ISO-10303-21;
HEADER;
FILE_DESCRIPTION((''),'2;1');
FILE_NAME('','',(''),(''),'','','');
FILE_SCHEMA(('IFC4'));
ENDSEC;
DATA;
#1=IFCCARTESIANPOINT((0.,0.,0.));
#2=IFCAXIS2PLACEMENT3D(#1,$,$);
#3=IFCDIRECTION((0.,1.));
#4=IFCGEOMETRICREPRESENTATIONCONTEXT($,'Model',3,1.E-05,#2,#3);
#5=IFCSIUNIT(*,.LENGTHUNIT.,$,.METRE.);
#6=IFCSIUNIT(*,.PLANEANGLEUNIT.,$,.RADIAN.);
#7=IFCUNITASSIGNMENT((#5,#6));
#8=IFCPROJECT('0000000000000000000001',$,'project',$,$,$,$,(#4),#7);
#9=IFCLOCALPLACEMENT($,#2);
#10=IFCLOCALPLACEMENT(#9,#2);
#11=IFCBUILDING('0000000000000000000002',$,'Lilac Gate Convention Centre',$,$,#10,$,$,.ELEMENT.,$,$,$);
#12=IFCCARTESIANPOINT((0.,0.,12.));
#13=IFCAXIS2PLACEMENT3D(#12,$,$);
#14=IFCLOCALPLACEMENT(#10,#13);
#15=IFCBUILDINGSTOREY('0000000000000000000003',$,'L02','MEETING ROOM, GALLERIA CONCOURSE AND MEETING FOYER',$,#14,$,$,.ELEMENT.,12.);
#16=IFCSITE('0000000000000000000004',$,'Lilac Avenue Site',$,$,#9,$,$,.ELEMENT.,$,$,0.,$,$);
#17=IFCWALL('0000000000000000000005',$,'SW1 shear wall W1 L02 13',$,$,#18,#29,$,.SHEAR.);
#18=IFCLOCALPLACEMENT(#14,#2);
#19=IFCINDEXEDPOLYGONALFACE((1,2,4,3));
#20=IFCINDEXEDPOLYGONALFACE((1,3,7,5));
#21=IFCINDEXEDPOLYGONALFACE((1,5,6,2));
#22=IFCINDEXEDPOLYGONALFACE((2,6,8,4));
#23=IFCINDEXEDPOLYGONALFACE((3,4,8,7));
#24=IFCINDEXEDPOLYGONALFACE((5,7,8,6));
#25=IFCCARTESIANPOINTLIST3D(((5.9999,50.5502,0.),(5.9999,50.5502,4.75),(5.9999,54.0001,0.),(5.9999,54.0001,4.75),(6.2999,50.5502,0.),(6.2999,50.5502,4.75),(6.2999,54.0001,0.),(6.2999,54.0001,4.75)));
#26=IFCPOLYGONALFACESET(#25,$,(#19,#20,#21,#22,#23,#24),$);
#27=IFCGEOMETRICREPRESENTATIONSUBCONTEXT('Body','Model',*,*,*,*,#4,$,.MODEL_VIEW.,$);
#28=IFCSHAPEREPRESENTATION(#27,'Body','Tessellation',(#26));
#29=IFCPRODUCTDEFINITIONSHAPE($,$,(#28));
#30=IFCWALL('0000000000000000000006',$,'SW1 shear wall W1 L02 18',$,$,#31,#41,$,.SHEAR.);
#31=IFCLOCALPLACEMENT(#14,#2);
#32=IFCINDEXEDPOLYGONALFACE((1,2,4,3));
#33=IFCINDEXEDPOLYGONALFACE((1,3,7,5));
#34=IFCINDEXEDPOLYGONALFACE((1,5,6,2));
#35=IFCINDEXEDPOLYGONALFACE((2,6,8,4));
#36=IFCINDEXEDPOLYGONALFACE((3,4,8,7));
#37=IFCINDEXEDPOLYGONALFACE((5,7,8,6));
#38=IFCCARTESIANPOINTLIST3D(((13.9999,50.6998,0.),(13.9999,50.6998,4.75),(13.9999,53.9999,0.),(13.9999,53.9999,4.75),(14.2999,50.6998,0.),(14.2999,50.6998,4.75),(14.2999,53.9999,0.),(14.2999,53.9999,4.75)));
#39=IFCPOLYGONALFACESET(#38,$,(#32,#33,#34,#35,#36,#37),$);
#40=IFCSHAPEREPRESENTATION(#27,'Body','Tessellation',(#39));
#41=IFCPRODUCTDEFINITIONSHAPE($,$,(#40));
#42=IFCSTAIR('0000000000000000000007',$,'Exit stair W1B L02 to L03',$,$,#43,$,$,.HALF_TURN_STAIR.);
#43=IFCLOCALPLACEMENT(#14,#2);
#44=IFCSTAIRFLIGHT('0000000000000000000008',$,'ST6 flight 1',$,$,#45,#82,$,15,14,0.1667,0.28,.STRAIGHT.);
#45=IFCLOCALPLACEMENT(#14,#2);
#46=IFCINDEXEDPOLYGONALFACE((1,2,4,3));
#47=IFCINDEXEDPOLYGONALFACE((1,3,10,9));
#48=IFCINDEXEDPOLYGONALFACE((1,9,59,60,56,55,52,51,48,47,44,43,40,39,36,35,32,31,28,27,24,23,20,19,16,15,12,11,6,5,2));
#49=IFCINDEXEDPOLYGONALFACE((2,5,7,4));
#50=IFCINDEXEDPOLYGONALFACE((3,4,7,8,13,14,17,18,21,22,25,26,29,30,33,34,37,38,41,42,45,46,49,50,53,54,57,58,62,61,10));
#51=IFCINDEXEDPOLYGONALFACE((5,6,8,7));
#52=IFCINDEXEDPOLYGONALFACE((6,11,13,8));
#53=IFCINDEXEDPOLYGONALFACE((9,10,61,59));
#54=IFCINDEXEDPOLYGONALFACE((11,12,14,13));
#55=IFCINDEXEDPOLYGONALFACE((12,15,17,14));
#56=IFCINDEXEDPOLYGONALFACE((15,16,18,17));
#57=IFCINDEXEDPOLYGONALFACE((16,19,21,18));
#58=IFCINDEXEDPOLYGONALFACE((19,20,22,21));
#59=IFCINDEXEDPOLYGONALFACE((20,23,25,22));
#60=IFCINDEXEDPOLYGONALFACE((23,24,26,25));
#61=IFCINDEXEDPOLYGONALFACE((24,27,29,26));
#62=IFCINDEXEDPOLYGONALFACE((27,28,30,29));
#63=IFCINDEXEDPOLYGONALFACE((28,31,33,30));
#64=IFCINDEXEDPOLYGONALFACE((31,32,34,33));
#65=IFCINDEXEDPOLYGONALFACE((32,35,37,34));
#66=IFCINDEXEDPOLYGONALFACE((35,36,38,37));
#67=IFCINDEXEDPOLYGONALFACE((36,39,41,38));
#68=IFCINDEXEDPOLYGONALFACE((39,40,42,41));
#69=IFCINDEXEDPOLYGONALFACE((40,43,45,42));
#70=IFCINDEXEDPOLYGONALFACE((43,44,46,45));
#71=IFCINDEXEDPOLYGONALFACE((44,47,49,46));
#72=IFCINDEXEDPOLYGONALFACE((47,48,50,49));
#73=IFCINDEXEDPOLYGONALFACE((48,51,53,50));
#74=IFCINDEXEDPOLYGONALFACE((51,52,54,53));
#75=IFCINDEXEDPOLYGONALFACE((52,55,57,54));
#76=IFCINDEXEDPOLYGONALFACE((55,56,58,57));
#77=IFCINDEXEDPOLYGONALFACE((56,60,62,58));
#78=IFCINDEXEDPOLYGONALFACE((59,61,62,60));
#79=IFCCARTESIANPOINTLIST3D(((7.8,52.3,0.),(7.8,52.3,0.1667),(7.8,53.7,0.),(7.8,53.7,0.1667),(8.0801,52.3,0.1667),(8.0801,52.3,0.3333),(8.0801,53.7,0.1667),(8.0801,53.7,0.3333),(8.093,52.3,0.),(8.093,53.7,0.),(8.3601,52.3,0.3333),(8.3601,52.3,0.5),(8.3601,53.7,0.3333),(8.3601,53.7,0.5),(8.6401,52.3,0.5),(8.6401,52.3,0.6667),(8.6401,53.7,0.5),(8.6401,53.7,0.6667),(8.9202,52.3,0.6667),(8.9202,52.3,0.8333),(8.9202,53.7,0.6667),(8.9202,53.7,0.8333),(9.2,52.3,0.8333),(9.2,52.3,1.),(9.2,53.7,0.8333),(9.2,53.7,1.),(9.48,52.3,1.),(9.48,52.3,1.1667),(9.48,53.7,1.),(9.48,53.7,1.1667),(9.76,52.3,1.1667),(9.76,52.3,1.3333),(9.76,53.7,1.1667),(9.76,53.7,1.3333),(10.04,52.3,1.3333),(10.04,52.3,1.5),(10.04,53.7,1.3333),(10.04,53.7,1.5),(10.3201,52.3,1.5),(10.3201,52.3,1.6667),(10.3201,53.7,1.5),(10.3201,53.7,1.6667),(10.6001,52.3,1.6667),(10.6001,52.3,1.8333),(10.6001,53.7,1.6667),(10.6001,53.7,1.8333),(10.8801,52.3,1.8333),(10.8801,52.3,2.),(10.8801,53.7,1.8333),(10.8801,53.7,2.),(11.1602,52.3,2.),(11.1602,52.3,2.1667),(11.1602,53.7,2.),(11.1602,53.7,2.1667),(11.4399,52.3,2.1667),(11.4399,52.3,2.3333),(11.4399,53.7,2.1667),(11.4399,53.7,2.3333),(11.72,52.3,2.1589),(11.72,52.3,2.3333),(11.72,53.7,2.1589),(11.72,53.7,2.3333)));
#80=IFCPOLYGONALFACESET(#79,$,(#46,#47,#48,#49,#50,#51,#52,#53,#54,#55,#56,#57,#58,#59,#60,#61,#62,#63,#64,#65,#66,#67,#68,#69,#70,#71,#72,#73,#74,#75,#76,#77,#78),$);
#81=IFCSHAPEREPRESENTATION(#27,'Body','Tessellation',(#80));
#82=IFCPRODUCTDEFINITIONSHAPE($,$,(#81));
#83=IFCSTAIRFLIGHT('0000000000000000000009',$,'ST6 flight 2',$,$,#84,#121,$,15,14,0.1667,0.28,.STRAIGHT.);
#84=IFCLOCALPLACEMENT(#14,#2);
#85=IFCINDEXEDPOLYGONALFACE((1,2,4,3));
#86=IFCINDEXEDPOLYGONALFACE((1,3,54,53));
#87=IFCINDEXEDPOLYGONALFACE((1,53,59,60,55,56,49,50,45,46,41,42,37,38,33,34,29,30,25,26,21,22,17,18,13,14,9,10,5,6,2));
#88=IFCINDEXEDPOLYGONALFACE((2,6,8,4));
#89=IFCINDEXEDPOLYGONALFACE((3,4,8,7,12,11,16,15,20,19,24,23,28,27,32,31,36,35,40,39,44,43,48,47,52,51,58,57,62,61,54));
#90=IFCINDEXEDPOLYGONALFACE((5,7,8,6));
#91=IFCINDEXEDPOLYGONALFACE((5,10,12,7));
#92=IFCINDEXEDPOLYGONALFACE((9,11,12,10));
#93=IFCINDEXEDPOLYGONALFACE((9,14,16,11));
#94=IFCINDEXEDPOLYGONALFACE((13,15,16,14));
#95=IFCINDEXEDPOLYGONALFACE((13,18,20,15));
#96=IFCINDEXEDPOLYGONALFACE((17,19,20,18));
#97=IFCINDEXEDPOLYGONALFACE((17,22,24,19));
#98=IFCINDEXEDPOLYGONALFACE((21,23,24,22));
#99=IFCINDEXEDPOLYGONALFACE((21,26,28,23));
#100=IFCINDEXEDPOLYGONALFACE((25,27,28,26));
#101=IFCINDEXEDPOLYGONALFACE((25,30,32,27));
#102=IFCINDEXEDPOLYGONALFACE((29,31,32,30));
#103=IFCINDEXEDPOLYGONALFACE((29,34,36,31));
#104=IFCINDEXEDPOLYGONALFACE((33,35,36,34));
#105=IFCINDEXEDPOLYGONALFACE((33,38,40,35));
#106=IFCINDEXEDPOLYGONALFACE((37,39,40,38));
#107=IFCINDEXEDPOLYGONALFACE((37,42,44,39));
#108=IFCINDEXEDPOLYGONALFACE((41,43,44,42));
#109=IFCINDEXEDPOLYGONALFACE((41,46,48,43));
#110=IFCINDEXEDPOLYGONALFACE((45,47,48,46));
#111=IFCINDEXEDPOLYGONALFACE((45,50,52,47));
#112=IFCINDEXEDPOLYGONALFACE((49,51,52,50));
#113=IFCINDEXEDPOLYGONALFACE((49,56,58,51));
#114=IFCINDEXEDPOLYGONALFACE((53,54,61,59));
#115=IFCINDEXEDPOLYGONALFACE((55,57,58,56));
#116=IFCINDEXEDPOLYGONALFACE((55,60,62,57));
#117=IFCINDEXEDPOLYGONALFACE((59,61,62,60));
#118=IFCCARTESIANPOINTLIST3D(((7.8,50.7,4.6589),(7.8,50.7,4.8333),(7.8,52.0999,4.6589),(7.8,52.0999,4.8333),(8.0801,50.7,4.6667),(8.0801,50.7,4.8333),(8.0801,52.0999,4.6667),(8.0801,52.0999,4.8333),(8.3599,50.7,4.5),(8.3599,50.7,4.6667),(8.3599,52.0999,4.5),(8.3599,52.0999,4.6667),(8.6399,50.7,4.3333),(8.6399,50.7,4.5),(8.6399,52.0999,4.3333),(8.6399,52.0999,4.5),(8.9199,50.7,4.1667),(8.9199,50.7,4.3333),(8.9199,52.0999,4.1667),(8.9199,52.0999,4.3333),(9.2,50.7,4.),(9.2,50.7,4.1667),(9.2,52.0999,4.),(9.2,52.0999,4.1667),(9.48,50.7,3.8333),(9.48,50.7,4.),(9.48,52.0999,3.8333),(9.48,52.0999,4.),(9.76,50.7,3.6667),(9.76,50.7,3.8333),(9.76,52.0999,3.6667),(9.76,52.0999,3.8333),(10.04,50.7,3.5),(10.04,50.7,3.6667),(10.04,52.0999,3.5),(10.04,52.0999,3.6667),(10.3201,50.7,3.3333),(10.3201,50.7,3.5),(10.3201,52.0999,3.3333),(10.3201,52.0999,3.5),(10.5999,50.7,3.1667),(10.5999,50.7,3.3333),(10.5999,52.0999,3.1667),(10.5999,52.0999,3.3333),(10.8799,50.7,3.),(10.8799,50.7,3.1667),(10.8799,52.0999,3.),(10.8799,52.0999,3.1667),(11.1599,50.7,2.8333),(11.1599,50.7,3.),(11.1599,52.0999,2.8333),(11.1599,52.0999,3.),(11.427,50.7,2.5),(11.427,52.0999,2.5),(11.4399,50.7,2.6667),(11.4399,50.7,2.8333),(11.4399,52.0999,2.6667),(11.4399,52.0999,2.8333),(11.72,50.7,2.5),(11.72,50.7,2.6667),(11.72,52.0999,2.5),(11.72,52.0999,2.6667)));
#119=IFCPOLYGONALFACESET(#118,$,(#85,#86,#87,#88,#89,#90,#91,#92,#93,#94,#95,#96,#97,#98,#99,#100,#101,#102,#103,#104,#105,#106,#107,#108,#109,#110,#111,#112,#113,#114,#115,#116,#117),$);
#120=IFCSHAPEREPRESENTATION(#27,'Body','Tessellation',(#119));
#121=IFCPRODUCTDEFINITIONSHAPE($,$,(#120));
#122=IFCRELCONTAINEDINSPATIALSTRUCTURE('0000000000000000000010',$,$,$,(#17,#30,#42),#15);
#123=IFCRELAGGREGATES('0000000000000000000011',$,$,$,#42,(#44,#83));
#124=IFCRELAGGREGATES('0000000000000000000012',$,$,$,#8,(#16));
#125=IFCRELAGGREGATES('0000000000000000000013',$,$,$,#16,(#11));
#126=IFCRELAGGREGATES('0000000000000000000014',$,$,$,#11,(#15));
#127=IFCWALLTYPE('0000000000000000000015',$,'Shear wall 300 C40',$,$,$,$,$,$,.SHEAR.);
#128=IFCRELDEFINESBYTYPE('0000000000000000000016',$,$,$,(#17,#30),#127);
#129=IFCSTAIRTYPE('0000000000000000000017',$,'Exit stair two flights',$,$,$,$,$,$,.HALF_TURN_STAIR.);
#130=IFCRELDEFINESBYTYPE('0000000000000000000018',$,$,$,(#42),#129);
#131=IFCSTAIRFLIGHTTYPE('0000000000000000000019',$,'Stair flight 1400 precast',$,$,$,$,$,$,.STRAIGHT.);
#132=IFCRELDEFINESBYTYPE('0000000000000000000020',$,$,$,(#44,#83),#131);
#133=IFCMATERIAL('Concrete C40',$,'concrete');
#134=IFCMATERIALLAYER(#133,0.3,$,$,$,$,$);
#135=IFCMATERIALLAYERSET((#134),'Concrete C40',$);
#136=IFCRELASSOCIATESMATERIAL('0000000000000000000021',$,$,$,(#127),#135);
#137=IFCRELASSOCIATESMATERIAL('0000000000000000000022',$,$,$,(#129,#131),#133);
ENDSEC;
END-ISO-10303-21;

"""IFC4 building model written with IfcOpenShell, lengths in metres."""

from ifc_helpers import new_model, si_unit, direction, frame, frame_2d, origin, place, context, subcontext, project, spatial, polyline, rectangle, outline, extrude, material, layer, layer_set, type_object, element, aggregate, save


model = new_model("IFC4")

# Units and contexts
model_context = context("Model", 3, precision=1e-05, world=origin(), true_north=direction((0.0, 1.0)))
body_context = subcontext(model_context, "Body", "Model", "MODEL_VIEW")
ifc_project = project(units=[si_unit("LENGTHUNIT", "METRE"), si_unit("PLANEANGLEUNIT", "RADIAN")], contexts=[model_context])

# Site, building, storey
site_placement = place(None, origin())
site = spatial("IfcSite", under=ifc_project, at=site_placement, Name="Lilac Avenue Site", CompositionType="ELEMENT", RefElevation=0.0)
building_placement = place(site_placement, origin())
building = spatial("IfcBuilding", under=site, at=building_placement, Name="Lilac Gate Convention Centre", CompositionType="ELEMENT")
storey_placement = place(building_placement, frame((0.0, 0.0, 12.0)))
storey = spatial("IfcBuildingStorey", under=building, at=storey_placement, Name="L02", Description="MEETING ROOM, GALLERIA CONCOURSE AND MEETING FOYER", CompositionType="ELEMENT", Elevation=12.0)

# Shared definitions
ifc_material_1 = material(Name="Concrete C40", Category="concrete")
ifc_layer_1 = layer(ifc_material_1, 0.3)
ifc_layer_set_1 = layer_set([ifc_layer_1], Name="Concrete C40")
wall_type_1 = type_object("IfcWallType", Name="Shear wall 300 C40", PredefinedType="SHEAR", material=ifc_layer_set_1)

# Walls
wall_1_placement = place(storey_placement, frame((6.1499, 50.55, 0.0), z_axis=(0.0, 0.0, 1.0), x_axis=(0.0, 1.0, 0.0)))
element("IfcWall", 1, at=wall_1_placement, inside=storey, type_object=wall_type_1, Name="SW1 shear wall W1 L02 13", PredefinedType="SHEAR", context=body_context, shape_type="SweptSolid", body=[
    extrude(rectangle(XDim=3.45, YDim=0.3, at=frame_2d((1.7251, 0.0))), origin(), (0.0, 0.0, 1.0), 4.75),
])
wall_2_placement = place(storey_placement, frame((14.1499, 50.7, 0.0), z_axis=(0.0, 0.0, 1.0), x_axis=(0.0, 1.0, 0.0)))
element("IfcWall", 2, at=wall_2_placement, inside=storey, type_object=wall_type_1, Name="SW1 shear wall W1 L02 18", PredefinedType="SHEAR", context=body_context, shape_type="SweptSolid", body=[
    extrude(rectangle(XDim=3.3, YDim=0.3, at=frame_2d((1.6499, 0.0))), origin(), (0.0, 0.0, 1.0), 4.75),
])

# Stair, stair flights
stair_type = type_object("IfcStairType", Name="Exit stair two flights", PredefinedType="HALF_TURN_STAIR", material=ifc_material_1)
stair_placement = place(storey_placement, origin())
stair = element("IfcStair", 3, at=stair_placement, inside=storey, type_object=stair_type, Name="Exit stair W1B L02 to L03", PredefinedType="HALF_TURN_STAIR")
stair_flight_type = type_object("IfcStairFlightType", Name="Stair flight 1400 precast", PredefinedType="STRAIGHT", material=ifc_material_1)
stair_flight_1_placement = place(storey_placement, frame((7.8, 53.0, 0.0), z_axis=(0.0, 0.0, 1.0), x_axis=(1.0, 0.0, 0.0)))
stair_flight_1 = element("IfcStairFlight", 4, at=stair_flight_1_placement, type_object=stair_flight_type, Name="ST6 flight 1", NumberOfRisers=15, NumberOfTreads=14, PredefinedType="STRAIGHT", RiserHeight=0.1667, TreadLength=0.28, context=body_context, shape_type="SweptSolid", body=[
    extrude(outline(polyline([(0.0, 0.0), (0.0, 0.1667), (0.28, 0.1667), (0.28, 0.3333), (0.5601, 0.3333), (0.5601, 0.5), (0.8401, 0.5), (0.8401, 0.6667), (1.1201, 0.6667), (1.1201, 0.8333), (1.3999, 0.8333), (1.3999, 1.0), (1.6799, 1.0), (1.6799, 1.1667), (1.96, 1.1667), (1.96, 1.3333), (2.24, 1.3333), (2.24, 1.5), (2.52, 1.5), (2.52, 1.6667), (2.8, 1.6667), (2.8, 1.8333), (3.0801, 1.8333), (3.0801, 2.0), (3.3601, 2.0), (3.3601, 2.1667), (3.6399, 2.1667), (3.6399, 2.3333), (3.9199, 2.3333), (3.9199, 2.5), (3.9199, 2.1589), (0.293, 0.0), (0.0, 0.0)])), frame((0.0, 0.7, 0.0), z_axis=(0.0, -1.0, 0.0), x_axis=(1.0, 0.0, 0.0)), (0.0, 0.0, 1.0), 1.3999),
])
stair_flight_2_placement = place(storey_placement, frame((11.72, 51.3999, 2.5), z_axis=(0.0, 0.0, 1.0), x_axis=(-1.0, 0.0, 0.0)))
stair_flight_2 = element("IfcStairFlight", 5, at=stair_flight_2_placement, type_object=stair_flight_type, Name="ST6 flight 2", NumberOfRisers=15, NumberOfTreads=14, PredefinedType="STRAIGHT", RiserHeight=0.1667, TreadLength=0.28, context=body_context, shape_type="SweptSolid", body=[
    extrude(outline(polyline([(0.0, 0.0), (0.0, 0.1667), (0.28, 0.1667), (0.28, 0.3333), (0.5601, 0.3333), (0.5601, 0.5), (0.8401, 0.5), (0.8401, 0.6667), (1.1201, 0.6667), (1.1201, 0.8333), (1.3999, 0.8333), (1.3999, 1.0), (1.6799, 1.0), (1.6799, 1.1667), (1.96, 1.1667), (1.96, 1.3333), (2.24, 1.3333), (2.24, 1.5), (2.52, 1.5), (2.52, 1.6667), (2.8, 1.6667), (2.8, 1.8333), (3.0801, 1.8333), (3.0801, 2.0), (3.3601, 2.0), (3.3601, 2.1667), (3.6399, 2.1667), (3.6399, 2.3333), (3.9199, 2.3333), (3.9199, 2.5), (3.9199, 2.1589), (0.293, 0.0), (0.0, 0.0)])), frame((0.0, 0.7, 0.0), z_axis=(0.0, -1.0, 0.0), x_axis=(1.0, 0.0, 0.0)), (0.0, 0.0, 1.0), 1.3999),
])
aggregate(stair, [stair_flight_1, stair_flight_2])

save(model, "model.ifc")
